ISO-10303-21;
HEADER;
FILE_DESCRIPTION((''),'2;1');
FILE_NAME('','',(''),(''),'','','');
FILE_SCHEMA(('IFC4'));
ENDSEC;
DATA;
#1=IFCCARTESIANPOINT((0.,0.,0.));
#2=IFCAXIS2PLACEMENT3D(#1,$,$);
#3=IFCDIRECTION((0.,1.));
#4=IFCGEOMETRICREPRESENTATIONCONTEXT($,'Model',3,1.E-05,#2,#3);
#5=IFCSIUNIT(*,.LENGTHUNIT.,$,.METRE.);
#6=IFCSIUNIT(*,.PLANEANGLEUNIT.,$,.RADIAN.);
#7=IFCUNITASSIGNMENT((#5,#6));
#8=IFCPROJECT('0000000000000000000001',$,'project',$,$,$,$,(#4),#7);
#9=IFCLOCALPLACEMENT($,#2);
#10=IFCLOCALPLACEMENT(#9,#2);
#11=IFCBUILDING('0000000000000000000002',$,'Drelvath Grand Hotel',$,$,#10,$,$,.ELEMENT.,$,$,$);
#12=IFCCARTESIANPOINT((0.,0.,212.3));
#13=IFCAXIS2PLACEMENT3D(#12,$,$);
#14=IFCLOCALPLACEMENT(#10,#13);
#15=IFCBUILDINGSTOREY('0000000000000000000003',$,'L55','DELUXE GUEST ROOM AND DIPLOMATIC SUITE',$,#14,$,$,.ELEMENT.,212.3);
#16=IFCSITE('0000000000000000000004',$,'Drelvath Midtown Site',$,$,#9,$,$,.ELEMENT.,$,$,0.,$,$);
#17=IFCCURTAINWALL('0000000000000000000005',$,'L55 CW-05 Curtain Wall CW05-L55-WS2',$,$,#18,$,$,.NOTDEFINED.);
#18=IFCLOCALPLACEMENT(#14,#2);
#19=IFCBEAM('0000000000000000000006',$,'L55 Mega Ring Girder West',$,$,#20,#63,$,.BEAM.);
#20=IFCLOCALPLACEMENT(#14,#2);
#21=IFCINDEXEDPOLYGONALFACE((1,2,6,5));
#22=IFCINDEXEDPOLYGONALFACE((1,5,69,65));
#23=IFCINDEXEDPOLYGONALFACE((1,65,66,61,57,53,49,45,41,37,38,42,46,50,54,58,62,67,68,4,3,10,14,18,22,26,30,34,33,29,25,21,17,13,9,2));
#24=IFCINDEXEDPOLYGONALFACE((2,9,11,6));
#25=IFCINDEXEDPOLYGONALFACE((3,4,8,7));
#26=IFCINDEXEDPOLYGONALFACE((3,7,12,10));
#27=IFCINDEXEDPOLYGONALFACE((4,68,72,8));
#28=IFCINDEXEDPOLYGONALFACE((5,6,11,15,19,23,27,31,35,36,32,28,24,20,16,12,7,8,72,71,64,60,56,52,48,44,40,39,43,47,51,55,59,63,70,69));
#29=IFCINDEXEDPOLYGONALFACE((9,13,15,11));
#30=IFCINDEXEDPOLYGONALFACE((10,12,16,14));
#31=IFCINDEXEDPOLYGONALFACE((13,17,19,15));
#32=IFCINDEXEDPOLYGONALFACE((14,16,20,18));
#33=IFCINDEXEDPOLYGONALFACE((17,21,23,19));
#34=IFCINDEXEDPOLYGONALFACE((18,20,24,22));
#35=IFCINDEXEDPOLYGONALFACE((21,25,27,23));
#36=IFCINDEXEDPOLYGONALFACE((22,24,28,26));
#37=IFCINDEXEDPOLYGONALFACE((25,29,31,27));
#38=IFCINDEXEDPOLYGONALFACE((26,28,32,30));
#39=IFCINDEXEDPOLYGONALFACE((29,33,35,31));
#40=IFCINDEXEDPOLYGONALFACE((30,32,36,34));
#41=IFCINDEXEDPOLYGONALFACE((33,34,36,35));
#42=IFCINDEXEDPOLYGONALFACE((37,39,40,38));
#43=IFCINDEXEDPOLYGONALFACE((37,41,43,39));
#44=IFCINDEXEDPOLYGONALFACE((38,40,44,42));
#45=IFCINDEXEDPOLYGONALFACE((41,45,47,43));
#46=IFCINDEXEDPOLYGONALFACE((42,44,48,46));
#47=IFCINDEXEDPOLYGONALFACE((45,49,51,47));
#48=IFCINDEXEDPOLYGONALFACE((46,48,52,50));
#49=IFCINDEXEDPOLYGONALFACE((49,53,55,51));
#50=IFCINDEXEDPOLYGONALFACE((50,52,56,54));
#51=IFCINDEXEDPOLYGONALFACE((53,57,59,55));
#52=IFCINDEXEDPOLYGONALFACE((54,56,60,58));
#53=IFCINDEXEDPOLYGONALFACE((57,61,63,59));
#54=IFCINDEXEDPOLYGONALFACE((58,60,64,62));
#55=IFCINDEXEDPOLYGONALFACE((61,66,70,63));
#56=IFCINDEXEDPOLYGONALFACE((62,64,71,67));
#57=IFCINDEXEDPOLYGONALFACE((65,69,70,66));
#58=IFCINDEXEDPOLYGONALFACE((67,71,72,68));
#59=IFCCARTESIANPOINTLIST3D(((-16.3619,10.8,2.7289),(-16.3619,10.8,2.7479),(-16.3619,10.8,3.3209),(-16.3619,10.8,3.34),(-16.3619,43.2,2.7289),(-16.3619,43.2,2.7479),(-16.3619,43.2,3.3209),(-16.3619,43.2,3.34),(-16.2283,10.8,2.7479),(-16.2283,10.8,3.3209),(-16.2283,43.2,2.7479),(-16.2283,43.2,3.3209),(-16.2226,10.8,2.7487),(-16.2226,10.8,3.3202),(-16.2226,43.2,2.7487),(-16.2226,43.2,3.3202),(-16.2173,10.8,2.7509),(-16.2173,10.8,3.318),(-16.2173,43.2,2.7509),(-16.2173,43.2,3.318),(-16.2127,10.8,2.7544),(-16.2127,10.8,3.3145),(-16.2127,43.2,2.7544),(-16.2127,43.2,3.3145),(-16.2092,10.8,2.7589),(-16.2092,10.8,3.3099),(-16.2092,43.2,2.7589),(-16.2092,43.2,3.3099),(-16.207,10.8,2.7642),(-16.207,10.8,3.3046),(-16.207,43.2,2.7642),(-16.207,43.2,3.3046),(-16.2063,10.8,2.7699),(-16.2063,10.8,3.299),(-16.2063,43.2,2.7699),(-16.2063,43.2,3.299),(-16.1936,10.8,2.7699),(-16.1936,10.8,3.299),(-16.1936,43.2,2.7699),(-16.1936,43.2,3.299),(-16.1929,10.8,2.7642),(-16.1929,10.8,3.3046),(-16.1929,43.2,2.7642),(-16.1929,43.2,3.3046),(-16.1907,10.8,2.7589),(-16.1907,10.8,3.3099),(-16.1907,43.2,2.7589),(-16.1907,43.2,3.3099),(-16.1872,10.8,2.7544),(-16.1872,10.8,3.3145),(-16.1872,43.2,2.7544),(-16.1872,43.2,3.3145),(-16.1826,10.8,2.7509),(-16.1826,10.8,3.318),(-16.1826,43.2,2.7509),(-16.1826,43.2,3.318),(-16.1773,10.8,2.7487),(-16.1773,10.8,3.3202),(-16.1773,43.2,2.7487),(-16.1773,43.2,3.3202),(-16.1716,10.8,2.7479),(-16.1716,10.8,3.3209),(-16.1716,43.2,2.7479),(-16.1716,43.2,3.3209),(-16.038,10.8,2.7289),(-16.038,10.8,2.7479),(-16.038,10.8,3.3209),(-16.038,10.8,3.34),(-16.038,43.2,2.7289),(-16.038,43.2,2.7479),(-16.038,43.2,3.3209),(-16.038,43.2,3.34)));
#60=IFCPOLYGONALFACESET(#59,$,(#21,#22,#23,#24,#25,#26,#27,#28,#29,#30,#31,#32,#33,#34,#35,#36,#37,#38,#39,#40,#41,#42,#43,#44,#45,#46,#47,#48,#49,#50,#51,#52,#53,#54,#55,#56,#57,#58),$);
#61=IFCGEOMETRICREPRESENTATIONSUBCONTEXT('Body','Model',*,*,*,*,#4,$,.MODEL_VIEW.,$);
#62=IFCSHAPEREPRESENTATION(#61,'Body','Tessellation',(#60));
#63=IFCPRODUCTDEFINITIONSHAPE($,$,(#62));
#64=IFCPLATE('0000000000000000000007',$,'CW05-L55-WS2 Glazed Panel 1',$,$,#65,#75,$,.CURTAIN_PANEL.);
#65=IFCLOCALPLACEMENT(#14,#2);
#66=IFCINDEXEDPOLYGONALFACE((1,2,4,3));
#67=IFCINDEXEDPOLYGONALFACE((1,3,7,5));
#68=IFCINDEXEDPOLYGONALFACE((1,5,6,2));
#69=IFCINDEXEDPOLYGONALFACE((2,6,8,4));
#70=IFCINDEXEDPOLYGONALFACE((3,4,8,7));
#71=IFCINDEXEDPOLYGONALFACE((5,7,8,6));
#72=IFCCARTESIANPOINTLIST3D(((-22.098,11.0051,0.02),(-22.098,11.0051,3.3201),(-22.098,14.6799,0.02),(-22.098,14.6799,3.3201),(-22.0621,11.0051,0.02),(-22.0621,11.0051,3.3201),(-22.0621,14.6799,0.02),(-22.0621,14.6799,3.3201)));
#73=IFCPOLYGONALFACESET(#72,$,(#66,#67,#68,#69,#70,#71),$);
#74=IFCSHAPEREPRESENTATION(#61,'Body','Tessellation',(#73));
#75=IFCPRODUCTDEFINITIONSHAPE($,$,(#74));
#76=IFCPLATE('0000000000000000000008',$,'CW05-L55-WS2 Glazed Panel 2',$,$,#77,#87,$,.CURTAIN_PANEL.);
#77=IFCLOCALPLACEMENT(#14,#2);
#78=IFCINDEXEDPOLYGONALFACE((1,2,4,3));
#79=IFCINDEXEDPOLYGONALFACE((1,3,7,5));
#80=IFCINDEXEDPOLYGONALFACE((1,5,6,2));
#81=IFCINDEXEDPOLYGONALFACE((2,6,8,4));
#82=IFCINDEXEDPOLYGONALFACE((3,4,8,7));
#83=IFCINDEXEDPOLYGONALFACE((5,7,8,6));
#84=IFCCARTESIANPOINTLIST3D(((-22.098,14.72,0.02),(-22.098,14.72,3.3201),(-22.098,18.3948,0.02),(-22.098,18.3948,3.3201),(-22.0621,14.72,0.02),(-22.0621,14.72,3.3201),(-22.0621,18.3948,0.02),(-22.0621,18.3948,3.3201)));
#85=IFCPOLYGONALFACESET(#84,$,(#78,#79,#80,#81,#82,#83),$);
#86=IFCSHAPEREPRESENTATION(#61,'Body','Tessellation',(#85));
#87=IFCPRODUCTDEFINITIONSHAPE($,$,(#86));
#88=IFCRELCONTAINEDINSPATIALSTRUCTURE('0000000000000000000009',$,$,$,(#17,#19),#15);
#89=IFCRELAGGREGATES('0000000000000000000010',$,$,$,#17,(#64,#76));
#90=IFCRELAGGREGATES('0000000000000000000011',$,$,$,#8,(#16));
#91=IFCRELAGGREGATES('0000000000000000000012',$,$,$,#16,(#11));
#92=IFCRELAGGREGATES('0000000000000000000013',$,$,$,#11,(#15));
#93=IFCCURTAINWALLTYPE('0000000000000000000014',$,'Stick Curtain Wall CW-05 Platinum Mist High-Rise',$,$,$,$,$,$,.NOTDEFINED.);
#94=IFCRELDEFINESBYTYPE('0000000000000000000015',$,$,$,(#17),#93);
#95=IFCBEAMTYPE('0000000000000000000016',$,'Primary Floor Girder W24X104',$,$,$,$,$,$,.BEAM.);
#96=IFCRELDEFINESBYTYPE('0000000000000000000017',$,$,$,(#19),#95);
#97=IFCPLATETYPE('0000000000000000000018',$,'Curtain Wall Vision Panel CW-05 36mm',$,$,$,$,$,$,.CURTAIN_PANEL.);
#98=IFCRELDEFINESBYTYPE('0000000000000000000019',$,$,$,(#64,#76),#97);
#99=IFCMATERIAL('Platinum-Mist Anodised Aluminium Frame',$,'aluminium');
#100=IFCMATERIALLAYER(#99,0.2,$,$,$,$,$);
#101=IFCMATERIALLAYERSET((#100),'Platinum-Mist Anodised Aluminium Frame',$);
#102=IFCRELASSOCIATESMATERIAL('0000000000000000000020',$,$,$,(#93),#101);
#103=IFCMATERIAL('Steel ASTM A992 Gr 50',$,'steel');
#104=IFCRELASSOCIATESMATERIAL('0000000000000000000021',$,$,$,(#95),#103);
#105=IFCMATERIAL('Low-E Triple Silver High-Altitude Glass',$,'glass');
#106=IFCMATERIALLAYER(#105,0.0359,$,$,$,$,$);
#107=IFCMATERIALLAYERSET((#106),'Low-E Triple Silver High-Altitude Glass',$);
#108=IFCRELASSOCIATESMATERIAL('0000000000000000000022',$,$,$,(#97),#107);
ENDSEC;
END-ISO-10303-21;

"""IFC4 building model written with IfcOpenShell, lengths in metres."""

from ifc_helpers import new_model, si_unit, direction, frame, origin, origin_2d, place, context, subcontext, project, spatial, rectangle, i_section, extrude, material, layer, layer_set, material_profile, profile_set, type_object, element, aggregate, save


model = new_model("IFC4")

# Units and contexts
model_context = context("Model", 3, precision=1e-05, world=origin(), true_north=direction((0.0, 1.0)))
body_context = subcontext(model_context, "Body", "Model", "MODEL_VIEW")
ifc_project = project(units=[si_unit("LENGTHUNIT", "METRE"), si_unit("PLANEANGLEUNIT", "RADIAN")], contexts=[model_context])

# Site, building, storey
site_placement = place(None, origin())
site = spatial("IfcSite", under=ifc_project, at=site_placement, Name="Drelvath Midtown Site", CompositionType="ELEMENT", RefElevation=0.0)
building_placement = place(site_placement, origin())
building = spatial("IfcBuilding", under=site, at=building_placement, Name="Drelvath Grand Hotel", CompositionType="ELEMENT")
storey_placement = place(building_placement, frame((0.0, 0.0, 212.3)))
storey = spatial("IfcBuildingStorey", under=building, at=storey_placement, Name="L55", Description="DELUXE GUEST ROOM AND DIPLOMATIC SUITE", CompositionType="ELEMENT", Elevation=212.3)

# Shared definitions
ifc_material_1 = material(Name="Steel ASTM A992 Gr 50", Category="steel")

# Curtain wall
ifc_material_2 = material(Name="Platinum-Mist Anodised Aluminium Frame", Category="aluminium")
ifc_layer_1 = layer(ifc_material_2, 0.2)
ifc_layer_set_1 = layer_set([ifc_layer_1], Name="Platinum-Mist Anodised Aluminium Frame")
curtain_wall_type = type_object("IfcCurtainWallType", Name="Stick Curtain Wall CW-05 Platinum Mist High-Rise", PredefinedType="NOTDEFINED", material=ifc_layer_set_1)
curtain_wall_placement = place(storey_placement, origin())
curtain_wall = element("IfcCurtainWall", 1, at=curtain_wall_placement, inside=storey, type_object=curtain_wall_type, Name="L55 CW-05 Curtain Wall CW05-L55-WS2", PredefinedType="NOTDEFINED")

# Beam
ifc_material_profile_1 = material_profile(ifc_material_1, i_section(OverallWidth=0.324, OverallDepth=0.6111, WebThickness=0.0127, FlangeThickness=0.019, FilletRadius=0.022, at=origin_2d()), Name="W24X104")
ifc_profile_set_1 = profile_set([ifc_material_profile_1], Name="Steel ASTM A992 Gr 50")
beam_type_1 = type_object("IfcBeamType", Name="Primary Floor Girder W24X104", PredefinedType="BEAM", material=ifc_profile_set_1)
beam_1_placement = place(storey_placement, frame((-16.2, 10.8, 3.0344), z_axis=(0.0, 1.0, 0.0), x_axis=(-1.0, 0.0, 0.0)))
element("IfcBeam", 2, at=beam_1_placement, inside=storey, type_object=beam_type_1, Name="L55 Mega Ring Girder West", PredefinedType="BEAM", context=body_context, shape_type="SweptSolid", body=[
    extrude(i_section(OverallWidth=0.324, OverallDepth=0.6111, WebThickness=0.0127, FlangeThickness=0.019, FilletRadius=0.022, at=origin_2d()), origin(), (0.0, 0.0, 1.0), 32.3999),
])

# Plates
ifc_material_3 = material(Name="Low-E Triple Silver High-Altitude Glass", Category="glass")
ifc_layer_2 = layer(ifc_material_3, 0.0359)
ifc_layer_set_2 = layer_set([ifc_layer_2], Name="Low-E Triple Silver High-Altitude Glass")
plate_type = type_object("IfcPlateType", Name="Curtain Wall Vision Panel CW-05 36mm", PredefinedType="CURTAIN_PANEL", material=ifc_layer_set_2)
plate_1_placement = place(storey_placement, frame((-22.0801, 12.8425, 0.02), z_axis=(0.0, 0.0, 1.0), x_axis=(0.0, 1.0, 0.0)))
plate_1 = element("IfcPlate", 3, at=plate_1_placement, type_object=plate_type, Name="CW05-L55-WS2 Glazed Panel 1", PredefinedType="CURTAIN_PANEL", context=body_context, shape_type="SweptSolid", body=[
    extrude(rectangle(XDim=3.6748, YDim=0.0359, at=origin_2d()), origin(), (0.0, 0.0, 1.0), 3.3),
])
plate_2_placement = place(storey_placement, frame((-22.0801, 16.5574, 0.02), z_axis=(0.0, 0.0, 1.0), x_axis=(0.0, 1.0, 0.0)))
plate_2 = element("IfcPlate", 4, at=plate_2_placement, type_object=plate_type, Name="CW05-L55-WS2 Glazed Panel 2", PredefinedType="CURTAIN_PANEL", context=body_context, shape_type="SweptSolid", body=[
    extrude(rectangle(XDim=3.6748, YDim=0.0359, at=origin_2d()), origin(), (0.0, 0.0, 1.0), 3.3),
])
aggregate(curtain_wall, [plate_1, plate_2])

save(model, "model.ifc")
